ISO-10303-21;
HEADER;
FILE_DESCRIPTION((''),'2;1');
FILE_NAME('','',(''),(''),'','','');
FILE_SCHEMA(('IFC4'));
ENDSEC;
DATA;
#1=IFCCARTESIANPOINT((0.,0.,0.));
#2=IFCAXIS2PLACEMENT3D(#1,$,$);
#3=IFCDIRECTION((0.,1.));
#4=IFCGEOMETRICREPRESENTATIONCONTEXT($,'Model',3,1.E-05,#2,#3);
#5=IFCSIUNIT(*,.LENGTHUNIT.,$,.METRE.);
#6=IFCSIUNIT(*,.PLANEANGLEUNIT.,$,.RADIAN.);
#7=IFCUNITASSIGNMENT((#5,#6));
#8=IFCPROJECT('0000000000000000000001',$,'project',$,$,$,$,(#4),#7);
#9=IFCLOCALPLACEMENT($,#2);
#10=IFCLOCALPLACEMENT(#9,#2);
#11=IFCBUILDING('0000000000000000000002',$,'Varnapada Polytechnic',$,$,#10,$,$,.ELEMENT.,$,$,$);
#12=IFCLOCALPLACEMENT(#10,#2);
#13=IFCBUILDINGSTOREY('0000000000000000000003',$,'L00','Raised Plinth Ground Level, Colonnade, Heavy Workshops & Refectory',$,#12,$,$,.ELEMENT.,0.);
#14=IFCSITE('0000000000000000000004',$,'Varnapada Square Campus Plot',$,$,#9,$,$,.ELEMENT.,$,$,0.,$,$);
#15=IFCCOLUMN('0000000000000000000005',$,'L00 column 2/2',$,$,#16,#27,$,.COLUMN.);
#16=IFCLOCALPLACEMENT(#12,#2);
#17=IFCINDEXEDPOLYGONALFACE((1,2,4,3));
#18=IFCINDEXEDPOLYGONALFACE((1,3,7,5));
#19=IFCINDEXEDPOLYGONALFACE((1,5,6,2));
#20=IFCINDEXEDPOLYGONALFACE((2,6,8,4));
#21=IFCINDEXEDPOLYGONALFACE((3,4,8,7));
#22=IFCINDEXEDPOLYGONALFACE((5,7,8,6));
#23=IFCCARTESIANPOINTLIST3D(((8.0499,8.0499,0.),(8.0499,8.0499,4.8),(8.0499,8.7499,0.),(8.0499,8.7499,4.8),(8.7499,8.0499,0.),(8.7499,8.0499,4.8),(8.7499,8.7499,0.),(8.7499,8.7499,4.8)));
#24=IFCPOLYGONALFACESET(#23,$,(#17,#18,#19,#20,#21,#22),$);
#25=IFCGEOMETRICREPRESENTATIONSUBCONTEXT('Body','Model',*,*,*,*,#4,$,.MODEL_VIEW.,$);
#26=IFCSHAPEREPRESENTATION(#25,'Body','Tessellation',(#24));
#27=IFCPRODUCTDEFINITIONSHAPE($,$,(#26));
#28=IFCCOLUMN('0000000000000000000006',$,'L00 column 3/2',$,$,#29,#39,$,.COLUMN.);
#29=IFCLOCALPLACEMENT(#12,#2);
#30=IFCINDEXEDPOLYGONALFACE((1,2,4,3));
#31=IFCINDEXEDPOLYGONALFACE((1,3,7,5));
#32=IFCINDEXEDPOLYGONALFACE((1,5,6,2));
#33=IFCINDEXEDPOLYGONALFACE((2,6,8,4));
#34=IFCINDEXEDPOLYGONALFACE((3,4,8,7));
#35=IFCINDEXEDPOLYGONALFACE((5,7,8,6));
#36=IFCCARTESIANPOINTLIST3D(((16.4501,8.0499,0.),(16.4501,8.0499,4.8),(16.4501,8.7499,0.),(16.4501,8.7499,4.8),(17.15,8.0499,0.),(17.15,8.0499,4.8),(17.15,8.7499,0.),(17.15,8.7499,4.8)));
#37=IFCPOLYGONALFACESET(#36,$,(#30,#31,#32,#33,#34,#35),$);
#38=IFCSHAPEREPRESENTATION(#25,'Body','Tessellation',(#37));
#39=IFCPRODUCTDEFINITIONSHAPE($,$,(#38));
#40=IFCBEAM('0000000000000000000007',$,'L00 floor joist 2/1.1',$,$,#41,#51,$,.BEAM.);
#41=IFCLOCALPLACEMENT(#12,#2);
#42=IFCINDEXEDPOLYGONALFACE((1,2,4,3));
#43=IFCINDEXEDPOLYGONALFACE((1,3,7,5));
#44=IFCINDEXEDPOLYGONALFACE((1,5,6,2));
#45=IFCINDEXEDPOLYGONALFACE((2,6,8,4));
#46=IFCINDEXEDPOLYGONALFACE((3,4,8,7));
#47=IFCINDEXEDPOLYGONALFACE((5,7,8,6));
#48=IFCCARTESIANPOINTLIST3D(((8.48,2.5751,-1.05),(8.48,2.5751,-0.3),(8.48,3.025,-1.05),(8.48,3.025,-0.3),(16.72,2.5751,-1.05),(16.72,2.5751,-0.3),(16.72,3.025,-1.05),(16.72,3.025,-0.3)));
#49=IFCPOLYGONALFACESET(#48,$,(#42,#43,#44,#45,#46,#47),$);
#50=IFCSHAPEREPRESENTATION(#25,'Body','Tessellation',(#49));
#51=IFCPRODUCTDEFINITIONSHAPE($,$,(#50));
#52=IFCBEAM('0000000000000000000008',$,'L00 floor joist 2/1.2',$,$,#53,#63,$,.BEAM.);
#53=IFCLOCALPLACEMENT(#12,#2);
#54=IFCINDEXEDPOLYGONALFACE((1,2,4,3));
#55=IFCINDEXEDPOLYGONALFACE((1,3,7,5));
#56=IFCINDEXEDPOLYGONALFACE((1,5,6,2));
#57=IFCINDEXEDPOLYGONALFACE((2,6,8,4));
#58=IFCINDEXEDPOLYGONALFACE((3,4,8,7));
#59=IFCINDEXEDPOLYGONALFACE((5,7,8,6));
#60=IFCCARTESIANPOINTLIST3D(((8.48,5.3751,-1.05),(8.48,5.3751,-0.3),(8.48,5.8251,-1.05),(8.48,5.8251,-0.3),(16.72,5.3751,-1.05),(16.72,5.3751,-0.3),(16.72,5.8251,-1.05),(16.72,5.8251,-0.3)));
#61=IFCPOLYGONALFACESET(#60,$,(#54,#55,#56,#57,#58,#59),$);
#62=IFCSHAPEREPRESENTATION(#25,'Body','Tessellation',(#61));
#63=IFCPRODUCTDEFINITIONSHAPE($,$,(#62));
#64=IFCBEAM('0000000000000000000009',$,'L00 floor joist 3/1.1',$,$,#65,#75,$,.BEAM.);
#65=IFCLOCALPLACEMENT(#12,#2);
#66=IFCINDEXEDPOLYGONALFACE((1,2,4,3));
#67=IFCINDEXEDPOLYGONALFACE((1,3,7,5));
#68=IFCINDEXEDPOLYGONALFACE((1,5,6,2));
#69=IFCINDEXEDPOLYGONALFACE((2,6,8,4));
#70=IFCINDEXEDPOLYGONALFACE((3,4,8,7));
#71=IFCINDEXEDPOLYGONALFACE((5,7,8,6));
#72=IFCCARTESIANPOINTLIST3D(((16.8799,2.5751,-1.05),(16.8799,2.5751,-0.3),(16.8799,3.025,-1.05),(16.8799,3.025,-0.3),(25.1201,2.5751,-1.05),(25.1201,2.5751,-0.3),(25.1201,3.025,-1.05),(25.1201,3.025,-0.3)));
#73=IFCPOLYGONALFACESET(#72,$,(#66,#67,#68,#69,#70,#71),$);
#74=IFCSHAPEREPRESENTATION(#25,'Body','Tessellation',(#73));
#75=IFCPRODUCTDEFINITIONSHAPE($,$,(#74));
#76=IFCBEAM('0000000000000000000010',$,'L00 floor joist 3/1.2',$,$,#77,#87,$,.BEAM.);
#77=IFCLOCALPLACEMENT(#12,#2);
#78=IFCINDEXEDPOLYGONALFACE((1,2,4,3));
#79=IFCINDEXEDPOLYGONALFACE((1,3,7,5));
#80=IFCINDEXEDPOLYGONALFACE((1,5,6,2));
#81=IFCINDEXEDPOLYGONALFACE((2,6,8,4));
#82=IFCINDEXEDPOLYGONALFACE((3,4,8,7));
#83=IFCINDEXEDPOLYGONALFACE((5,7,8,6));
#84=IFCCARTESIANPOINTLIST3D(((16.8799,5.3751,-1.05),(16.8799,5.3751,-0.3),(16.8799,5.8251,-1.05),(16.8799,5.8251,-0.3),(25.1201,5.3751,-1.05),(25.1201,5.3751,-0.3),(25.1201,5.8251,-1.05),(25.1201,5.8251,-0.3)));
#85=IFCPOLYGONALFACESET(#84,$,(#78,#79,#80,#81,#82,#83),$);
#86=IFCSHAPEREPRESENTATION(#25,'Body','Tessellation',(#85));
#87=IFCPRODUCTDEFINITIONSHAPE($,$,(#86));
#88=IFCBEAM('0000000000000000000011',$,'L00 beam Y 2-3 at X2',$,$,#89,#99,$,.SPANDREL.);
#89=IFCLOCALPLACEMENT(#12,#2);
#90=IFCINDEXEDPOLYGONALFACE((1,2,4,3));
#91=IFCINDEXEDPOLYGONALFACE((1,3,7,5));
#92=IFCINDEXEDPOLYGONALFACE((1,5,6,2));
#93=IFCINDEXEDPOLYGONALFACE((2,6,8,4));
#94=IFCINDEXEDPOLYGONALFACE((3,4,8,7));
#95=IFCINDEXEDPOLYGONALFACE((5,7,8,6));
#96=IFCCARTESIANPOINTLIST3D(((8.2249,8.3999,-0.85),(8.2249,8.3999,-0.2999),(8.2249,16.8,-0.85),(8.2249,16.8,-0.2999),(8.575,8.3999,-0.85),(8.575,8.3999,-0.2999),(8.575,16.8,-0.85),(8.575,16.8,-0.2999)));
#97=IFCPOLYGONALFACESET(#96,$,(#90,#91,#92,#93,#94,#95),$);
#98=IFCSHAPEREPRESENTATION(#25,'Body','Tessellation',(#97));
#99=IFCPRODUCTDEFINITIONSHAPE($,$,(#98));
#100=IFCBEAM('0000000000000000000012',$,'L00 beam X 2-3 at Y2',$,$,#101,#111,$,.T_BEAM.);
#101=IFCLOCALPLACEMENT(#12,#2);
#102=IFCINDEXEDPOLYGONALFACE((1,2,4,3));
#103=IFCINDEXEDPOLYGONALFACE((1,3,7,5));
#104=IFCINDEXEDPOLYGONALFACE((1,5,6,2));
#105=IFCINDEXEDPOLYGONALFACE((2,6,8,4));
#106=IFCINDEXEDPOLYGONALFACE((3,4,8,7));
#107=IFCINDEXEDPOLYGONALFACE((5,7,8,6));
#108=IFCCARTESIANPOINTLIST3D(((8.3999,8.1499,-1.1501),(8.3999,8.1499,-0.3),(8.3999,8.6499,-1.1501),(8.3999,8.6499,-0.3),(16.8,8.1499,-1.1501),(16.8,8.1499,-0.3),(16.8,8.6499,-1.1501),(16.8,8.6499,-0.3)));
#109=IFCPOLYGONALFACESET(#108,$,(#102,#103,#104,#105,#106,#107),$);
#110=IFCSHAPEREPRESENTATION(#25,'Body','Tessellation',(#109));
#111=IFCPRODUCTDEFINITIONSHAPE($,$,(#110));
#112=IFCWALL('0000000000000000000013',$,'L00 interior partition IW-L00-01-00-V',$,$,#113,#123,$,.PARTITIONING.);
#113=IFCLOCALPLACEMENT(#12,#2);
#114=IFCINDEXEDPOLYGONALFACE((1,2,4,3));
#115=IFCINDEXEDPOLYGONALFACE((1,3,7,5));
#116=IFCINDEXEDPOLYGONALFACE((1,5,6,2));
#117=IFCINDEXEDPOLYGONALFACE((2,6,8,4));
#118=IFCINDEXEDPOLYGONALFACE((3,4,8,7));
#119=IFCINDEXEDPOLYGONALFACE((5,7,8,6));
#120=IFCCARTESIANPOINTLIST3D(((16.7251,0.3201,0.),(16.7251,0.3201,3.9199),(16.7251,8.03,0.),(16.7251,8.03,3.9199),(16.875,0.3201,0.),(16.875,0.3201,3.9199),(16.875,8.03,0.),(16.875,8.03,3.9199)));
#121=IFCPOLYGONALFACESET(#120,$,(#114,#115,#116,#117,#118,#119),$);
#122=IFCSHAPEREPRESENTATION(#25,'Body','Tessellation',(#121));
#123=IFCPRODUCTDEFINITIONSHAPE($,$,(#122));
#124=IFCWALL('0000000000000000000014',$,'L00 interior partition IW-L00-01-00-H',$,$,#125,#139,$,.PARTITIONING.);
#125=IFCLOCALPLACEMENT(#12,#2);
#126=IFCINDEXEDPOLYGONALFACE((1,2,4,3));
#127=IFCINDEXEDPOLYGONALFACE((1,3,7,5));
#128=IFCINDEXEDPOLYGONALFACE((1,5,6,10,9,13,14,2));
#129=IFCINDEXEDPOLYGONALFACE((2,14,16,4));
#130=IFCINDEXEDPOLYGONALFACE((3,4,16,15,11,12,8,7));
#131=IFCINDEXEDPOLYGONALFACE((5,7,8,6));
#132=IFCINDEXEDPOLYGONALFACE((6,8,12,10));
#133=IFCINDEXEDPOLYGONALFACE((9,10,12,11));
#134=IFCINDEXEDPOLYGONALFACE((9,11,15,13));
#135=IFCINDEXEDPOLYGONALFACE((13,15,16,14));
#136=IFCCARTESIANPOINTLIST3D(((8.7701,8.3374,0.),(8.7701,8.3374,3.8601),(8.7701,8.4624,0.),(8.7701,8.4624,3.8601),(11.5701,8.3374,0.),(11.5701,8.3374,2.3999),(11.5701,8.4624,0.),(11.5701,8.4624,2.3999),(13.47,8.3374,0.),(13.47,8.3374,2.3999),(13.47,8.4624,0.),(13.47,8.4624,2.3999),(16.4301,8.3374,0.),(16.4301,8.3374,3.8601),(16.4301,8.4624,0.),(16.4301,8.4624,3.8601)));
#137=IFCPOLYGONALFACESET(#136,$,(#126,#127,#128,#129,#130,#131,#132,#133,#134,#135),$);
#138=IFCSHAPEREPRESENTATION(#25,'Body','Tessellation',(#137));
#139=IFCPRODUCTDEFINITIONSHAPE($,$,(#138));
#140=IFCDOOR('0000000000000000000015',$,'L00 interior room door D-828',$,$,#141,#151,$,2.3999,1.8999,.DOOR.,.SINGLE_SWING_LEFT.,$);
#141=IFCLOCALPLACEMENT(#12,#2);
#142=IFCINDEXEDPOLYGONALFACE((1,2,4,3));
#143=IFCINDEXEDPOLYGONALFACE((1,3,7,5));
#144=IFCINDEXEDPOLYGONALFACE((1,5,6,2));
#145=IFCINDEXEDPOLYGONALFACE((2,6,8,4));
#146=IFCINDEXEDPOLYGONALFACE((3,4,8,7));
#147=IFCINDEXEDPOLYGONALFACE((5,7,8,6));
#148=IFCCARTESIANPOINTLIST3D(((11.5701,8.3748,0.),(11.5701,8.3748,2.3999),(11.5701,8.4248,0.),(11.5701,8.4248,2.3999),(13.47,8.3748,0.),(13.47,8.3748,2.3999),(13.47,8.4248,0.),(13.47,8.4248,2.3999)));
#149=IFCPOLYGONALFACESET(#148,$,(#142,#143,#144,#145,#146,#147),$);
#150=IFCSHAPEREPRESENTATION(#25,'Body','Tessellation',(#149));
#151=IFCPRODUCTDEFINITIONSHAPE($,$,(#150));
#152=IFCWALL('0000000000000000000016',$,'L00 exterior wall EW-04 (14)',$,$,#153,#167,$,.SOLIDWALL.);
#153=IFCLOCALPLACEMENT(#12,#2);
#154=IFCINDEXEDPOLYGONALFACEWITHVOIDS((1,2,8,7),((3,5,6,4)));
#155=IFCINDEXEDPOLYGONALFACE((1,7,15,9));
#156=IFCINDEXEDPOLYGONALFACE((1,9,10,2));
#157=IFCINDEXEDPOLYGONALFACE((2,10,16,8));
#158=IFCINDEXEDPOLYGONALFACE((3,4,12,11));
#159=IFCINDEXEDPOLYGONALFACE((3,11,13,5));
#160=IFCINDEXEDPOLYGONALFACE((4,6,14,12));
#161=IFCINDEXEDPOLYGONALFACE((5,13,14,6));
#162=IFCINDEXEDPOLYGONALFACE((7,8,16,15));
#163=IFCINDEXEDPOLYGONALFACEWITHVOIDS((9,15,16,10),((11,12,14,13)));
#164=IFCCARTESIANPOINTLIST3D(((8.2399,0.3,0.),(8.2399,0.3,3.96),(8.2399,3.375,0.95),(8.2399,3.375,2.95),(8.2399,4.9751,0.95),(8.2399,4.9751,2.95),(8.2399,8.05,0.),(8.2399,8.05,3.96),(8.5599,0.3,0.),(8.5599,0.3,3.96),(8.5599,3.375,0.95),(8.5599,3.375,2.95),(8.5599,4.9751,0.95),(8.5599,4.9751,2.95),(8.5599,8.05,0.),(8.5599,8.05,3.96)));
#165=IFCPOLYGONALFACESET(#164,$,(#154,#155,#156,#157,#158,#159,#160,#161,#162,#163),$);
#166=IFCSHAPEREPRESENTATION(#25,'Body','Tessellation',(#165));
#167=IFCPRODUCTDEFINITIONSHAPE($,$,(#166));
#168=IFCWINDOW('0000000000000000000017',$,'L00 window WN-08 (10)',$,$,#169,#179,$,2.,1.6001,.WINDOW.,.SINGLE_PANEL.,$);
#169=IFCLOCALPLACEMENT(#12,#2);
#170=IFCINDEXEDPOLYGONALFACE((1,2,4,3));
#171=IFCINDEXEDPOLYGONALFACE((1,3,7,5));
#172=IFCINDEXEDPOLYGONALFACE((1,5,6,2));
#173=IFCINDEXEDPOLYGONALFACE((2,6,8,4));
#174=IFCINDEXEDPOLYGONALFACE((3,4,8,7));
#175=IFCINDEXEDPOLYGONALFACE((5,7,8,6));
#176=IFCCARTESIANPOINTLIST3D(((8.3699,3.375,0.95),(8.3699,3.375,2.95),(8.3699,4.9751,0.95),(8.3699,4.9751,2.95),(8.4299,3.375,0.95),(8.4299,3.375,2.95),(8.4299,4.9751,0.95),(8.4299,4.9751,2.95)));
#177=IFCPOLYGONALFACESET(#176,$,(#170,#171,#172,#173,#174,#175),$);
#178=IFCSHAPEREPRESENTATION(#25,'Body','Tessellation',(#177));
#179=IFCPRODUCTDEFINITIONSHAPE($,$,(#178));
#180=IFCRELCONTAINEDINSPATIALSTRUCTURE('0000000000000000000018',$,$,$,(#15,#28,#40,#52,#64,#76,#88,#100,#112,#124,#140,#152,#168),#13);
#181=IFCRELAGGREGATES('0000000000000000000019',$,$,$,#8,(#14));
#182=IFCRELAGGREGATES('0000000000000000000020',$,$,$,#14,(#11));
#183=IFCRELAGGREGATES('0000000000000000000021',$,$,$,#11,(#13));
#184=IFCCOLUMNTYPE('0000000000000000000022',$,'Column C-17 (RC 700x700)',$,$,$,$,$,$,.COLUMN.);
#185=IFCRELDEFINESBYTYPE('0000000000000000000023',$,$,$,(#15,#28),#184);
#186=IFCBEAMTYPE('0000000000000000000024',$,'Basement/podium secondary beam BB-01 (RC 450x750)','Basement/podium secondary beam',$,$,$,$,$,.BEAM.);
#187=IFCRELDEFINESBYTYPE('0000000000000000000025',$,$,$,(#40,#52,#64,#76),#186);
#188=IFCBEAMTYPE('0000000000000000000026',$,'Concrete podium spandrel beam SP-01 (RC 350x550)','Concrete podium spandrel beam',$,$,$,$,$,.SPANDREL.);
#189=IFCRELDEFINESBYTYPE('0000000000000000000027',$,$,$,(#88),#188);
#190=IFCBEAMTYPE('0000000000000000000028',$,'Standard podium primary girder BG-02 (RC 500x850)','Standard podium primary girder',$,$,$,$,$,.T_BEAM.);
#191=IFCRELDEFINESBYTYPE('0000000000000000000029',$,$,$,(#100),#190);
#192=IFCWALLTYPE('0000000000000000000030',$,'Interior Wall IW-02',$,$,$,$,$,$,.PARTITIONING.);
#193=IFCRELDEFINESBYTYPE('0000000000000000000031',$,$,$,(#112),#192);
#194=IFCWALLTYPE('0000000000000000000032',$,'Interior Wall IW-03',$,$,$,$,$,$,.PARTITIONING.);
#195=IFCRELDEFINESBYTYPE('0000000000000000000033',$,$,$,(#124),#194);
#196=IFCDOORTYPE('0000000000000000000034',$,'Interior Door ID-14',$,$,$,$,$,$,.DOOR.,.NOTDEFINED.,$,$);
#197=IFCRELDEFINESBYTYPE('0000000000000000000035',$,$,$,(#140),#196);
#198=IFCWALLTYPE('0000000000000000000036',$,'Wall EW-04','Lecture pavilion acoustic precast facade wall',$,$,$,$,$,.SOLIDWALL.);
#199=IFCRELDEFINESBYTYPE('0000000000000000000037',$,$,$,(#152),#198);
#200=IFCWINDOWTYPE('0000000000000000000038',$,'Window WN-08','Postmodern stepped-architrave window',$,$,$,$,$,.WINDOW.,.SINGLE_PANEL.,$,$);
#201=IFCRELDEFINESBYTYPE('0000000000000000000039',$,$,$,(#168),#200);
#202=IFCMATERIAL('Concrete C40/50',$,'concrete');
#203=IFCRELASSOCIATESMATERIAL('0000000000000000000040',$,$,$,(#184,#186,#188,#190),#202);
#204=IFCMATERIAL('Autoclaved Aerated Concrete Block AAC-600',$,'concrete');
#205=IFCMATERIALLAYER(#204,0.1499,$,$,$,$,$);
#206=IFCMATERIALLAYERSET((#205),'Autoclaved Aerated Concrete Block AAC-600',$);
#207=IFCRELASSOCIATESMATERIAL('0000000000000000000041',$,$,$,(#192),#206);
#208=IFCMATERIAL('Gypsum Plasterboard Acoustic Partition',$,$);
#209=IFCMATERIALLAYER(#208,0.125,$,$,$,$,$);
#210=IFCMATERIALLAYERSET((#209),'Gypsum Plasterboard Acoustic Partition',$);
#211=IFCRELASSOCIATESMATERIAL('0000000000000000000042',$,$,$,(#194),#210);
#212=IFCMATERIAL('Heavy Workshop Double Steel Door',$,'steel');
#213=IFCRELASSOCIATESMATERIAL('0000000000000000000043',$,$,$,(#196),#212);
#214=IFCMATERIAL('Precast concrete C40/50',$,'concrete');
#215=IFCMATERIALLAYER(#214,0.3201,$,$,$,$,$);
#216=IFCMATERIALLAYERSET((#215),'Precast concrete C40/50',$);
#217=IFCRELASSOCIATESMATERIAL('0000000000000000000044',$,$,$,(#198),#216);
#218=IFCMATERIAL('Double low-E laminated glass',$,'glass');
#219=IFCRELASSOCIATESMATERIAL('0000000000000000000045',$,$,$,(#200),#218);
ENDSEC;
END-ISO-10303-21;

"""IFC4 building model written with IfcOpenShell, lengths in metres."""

from ifc_helpers import new_model, si_unit, direction, frame, frame_2d, origin, origin_2d, place, context, subcontext, project, spatial, rectangle, extrude, material, layer, layer_set, material_profile, profile_set, type_object, element, fill, save


model = new_model("IFC4")

# Units and contexts
model_context = context("Model", 3, precision=1e-05, world=origin(), true_north=direction((0.0, 1.0)))
body_context = subcontext(model_context, "Body", "Model", "MODEL_VIEW")
ifc_project = project(units=[si_unit("LENGTHUNIT", "METRE"), si_unit("PLANEANGLEUNIT", "RADIAN")], contexts=[model_context])

# Site, building, storey
site_placement = place(None, origin())
site = spatial("IfcSite", under=ifc_project, at=site_placement, Name="Varnapada Square Campus Plot", CompositionType="ELEMENT", RefElevation=0.0)
building_placement = place(site_placement, origin())
building = spatial("IfcBuilding", under=site, at=building_placement, Name="Varnapada Polytechnic", CompositionType="ELEMENT")
storey_placement = place(building_placement, origin())
storey = spatial("IfcBuildingStorey", under=building, at=storey_placement, Name="L00", Description="Raised Plinth Ground Level, Colonnade, Heavy Workshops & Refectory", CompositionType="ELEMENT", Elevation=0.0)

# Columns
ifc_material_1 = material(Name="Concrete C40/50", Category="concrete")
ifc_material_profile_1 = material_profile(ifc_material_1, rectangle(XDim=0.7, YDim=0.7, at=origin_2d()), Name="RC 700x700")
ifc_profile_set_1 = profile_set([ifc_material_profile_1], Name="Concrete C40/50")
column_type = type_object("IfcColumnType", Name="Column C-17 (RC 700x700)", PredefinedType="COLUMN", material=ifc_profile_set_1)
for number, where, z_axis, x_axis, name in (
    (1, (8.3999, 8.3999, 0.0), (0.0, 0.0, 1.0), (1.0, 0.0, 0.0), "L00 column 2/2"),
    (2, (16.8, 8.3999, 0.0), (0.0, 0.0, 1.0), (1.0, 0.0, 0.0), "L00 column 3/2"),
):
    element("IfcColumn", number, at=place(storey_placement, frame(where, z_axis=z_axis, x_axis=x_axis)), inside=storey, type_object=column_type, Name=name, PredefinedType="COLUMN", context=body_context, shape_type="SweptSolid", body=[
        extrude(rectangle(XDim=0.7, YDim=0.7, at=origin_2d()), origin(), (0.0, 0.0, 1.0), 4.8),
    ])

# Beams
ifc_material_profile_2 = material_profile(ifc_material_1, rectangle(XDim=0.45, YDim=0.75, at=origin_2d()), Name="RC 450x750")
ifc_profile_set_2 = profile_set([ifc_material_profile_2], Name="Concrete C40/50")
beam_type_1 = type_object("IfcBeamType", Name="Basement/podium secondary beam BB-01 (RC 450x750)", Description="Basement/podium secondary beam", PredefinedType="BEAM", material=ifc_profile_set_2)
for number, where, z_axis, x_axis, name in (
    (3, (8.48, 2.8, -0.675), (1.0, 0.0, 0.0), (0.0, 1.0, 0.0), "L00 floor joist 2/1.1"),
    (4, (8.48, 5.6001, -0.675), (1.0, 0.0, 0.0), (0.0, 1.0, 0.0), "L00 floor joist 2/1.2"),
):
    element("IfcBeam", number, at=place(storey_placement, frame(where, z_axis=z_axis, x_axis=x_axis)), inside=storey, type_object=beam_type_1, Name=name, PredefinedType="BEAM", context=body_context, shape_type="SweptSolid", body=[
        extrude(rectangle(XDim=0.45, YDim=0.75, at=origin_2d()), origin(), (0.0, 0.0, 1.0), 8.24),
    ])
for number, where, z_axis, x_axis, name in (
    (5, (16.8799, 2.8, -0.675), (1.0, 0.0, 0.0), (0.0, 1.0, 0.0), "L00 floor joist 3/1.1"),
    (6, (16.8799, 5.6001, -0.675), (1.0, 0.0, 0.0), (0.0, 1.0, 0.0), "L00 floor joist 3/1.2"),
):
    element("IfcBeam", number, at=place(storey_placement, frame(where, z_axis=z_axis, x_axis=x_axis)), inside=storey, type_object=beam_type_1, Name=name, PredefinedType="BEAM", context=body_context, shape_type="SweptSolid", body=[
        extrude(rectangle(XDim=0.45, YDim=0.75, at=origin_2d()), origin(), (0.0, 0.0, 1.0), 8.2402),
    ])
ifc_material_profile_3 = material_profile(ifc_material_1, rectangle(XDim=0.3501, YDim=0.55, at=origin_2d()), Name="RC 350x550")
ifc_profile_set_3 = profile_set([ifc_material_profile_3], Name="Concrete C40/50")
beam_type_2 = type_object("IfcBeamType", Name="Concrete podium spandrel beam SP-01 (RC 350x550)", Description="Concrete podium spandrel beam", PredefinedType="SPANDREL", material=ifc_profile_set_3)
beam_1_placement = place(storey_placement, frame((8.3999, 8.3999, -0.575), z_axis=(0.0, 1.0, 0.0), x_axis=(-1.0, 0.0, 0.0)))
element("IfcBeam", 7, at=beam_1_placement, inside=storey, type_object=beam_type_2, Name="L00 beam Y 2-3 at X2", PredefinedType="SPANDREL", context=body_context, shape_type="SweptSolid", body=[
    extrude(rectangle(XDim=0.3501, YDim=0.55, at=origin_2d()), origin(), (0.0, 0.0, 1.0), 8.4001),
])
ifc_material_profile_4 = material_profile(ifc_material_1, rectangle(XDim=0.5, YDim=0.8501, at=origin_2d()), Name="RC 500x850")
ifc_profile_set_4 = profile_set([ifc_material_profile_4], Name="Concrete C40/50")
beam_type_3 = type_object("IfcBeamType", Name="Standard podium primary girder BG-02 (RC 500x850)", Description="Standard podium primary girder", PredefinedType="T_BEAM", material=ifc_profile_set_4)
beam_2_placement = place(storey_placement, frame((8.3999, 8.3999, -0.7251), z_axis=(1.0, 0.0, 0.0), x_axis=(0.0, 1.0, 0.0)))
element("IfcBeam", 8, at=beam_2_placement, inside=storey, type_object=beam_type_3, Name="L00 beam X 2-3 at Y2", PredefinedType="T_BEAM", context=body_context, shape_type="SweptSolid", body=[
    extrude(rectangle(XDim=0.5, YDim=0.8501, at=origin_2d()), origin(), (0.0, 0.0, 1.0), 8.4001),
])

# Wall
ifc_material_2 = material(Name="Autoclaved Aerated Concrete Block AAC-600", Category="concrete")
ifc_layer_1 = layer(ifc_material_2, 0.1499)
ifc_layer_set_1 = layer_set([ifc_layer_1], Name="Autoclaved Aerated Concrete Block AAC-600")
wall_type_1 = type_object("IfcWallType", Name="Interior Wall IW-02", PredefinedType="PARTITIONING", material=ifc_layer_set_1)
wall_1_placement = place(storey_placement, frame((16.8, 0.3201, 0.0), z_axis=(0.0, 0.0, 1.0), x_axis=(0.0, 1.0, 0.0)))
element("IfcWall", 9, at=wall_1_placement, inside=storey, type_object=wall_type_1, Name="L00 interior partition IW-L00-01-00-V", PredefinedType="PARTITIONING", context=body_context, shape_type="SweptSolid", body=[
    extrude(rectangle(XDim=7.71, YDim=0.1499, at=frame_2d((3.855, 0.0))), origin(), (0.0, 0.0, 1.0), 3.9199),
])

# Wall, opening, door
ifc_material_3 = material(Name="Gypsum Plasterboard Acoustic Partition")
ifc_layer_2 = layer(ifc_material_3, 0.125)
ifc_layer_set_2 = layer_set([ifc_layer_2], Name="Gypsum Plasterboard Acoustic Partition")
wall_type_2 = type_object("IfcWallType", Name="Interior Wall IW-03", PredefinedType="PARTITIONING", material=ifc_layer_set_2)
wall_2_placement = place(storey_placement, frame((8.77, 8.3999, 0.0), z_axis=(0.0, 0.0, 1.0), x_axis=(1.0, 0.0, 0.0)))
wall_2 = element("IfcWall", 10, at=wall_2_placement, inside=storey, type_object=wall_type_2, Name="L00 interior partition IW-L00-01-00-H", PredefinedType="PARTITIONING", context=body_context, shape_type="SweptSolid", body=[
    extrude(rectangle(XDim=7.6599, YDim=0.125, at=frame_2d((3.8301, 0.0))), origin(), (0.0, 0.0, 1.0), 3.8601),
])
opening_1_placement = place(wall_2_placement, frame((2.8, 0.0, 0.0)))
opening_1 = element("IfcOpeningElement", 11, at=opening_1_placement, cuts=wall_2, PredefinedType="OPENING", context=body_context, shape_type="SweptSolid", body=[
    extrude(rectangle(XDim=1.8999, YDim=2.3999, at=frame_2d((0.95, 1.2))), frame((0.0, 0.0725, 0.0), z_axis=(0.0, -1.0, 0.0), x_axis=(1.0, 0.0, 0.0)), (0.0, 0.0, 1.0), 0.145),
])
ifc_material_4 = material(Name="Heavy Workshop Double Steel Door", Category="steel")
door_type = type_object("IfcDoorType", Name="Interior Door ID-14", OperationType="NOTDEFINED", PredefinedType="DOOR", material=ifc_material_4)
door_placement = place(opening_1_placement, origin())
door = element("IfcDoor", 12, at=door_placement, inside=storey, type_object=door_type, Name="L00 interior room door D-828", OperationType="SINGLE_SWING_LEFT", OverallHeight=2.3999, OverallWidth=1.8999, PredefinedType="DOOR", context=body_context, shape_type="SweptSolid", body=[
    extrude(rectangle(XDim=1.8999, YDim=2.3999, at=frame_2d((0.95, 1.2))), frame((0.0, 0.0249, 0.0), z_axis=(0.0, -1.0, 0.0), x_axis=(1.0, 0.0, 0.0)), (0.0, 0.0, 1.0), 0.05),
])
fill(opening_1, door)

# Wall, opening, window
ifc_material_5 = material(Name="Precast concrete C40/50", Category="concrete")
ifc_layer_3 = layer(ifc_material_5, 0.3201)
ifc_layer_set_3 = layer_set([ifc_layer_3], Name="Precast concrete C40/50")
wall_type_3 = type_object("IfcWallType", Name="Wall EW-04", Description="Lecture pavilion acoustic precast facade wall", PredefinedType="SOLIDWALL", material=ifc_layer_set_3)
wall_3_placement = place(storey_placement, frame((8.3999, 0.3, 0.0), z_axis=(0.0, 0.0, 1.0), x_axis=(0.0, 1.0, 0.0)))
wall_3 = element("IfcWall", 13, at=wall_3_placement, inside=storey, type_object=wall_type_3, Name="L00 exterior wall EW-04 (14)", PredefinedType="SOLIDWALL", context=body_context, shape_type="SweptSolid", body=[
    extrude(rectangle(XDim=7.75, YDim=0.3201, at=frame_2d((3.875, 0.0))), origin(), (0.0, 0.0, 1.0), 3.96),
])
opening_2_placement = place(wall_3_placement, frame((3.075, 0.0, 0.95)))
opening_2 = element("IfcOpeningElement", 14, at=opening_2_placement, cuts=wall_3, PredefinedType="OPENING", context=body_context, shape_type="SweptSolid", body=[
    extrude(rectangle(XDim=1.6001, YDim=2.0, at=frame_2d((0.8, 1.0))), frame((0.0, 0.1699, 0.0), z_axis=(0.0, -1.0, 0.0), x_axis=(1.0, 0.0, 0.0)), (0.0, 0.0, 1.0), 0.3401),
])
ifc_material_6 = material(Name="Double low-E laminated glass", Category="glass")
window_type = type_object("IfcWindowType", Name="Window WN-08", Description="Postmodern stepped-architrave window", PartitioningType="SINGLE_PANEL", PredefinedType="WINDOW", material=ifc_material_6)
window_placement = place(opening_2_placement, origin())
window = element("IfcWindow", 15, at=window_placement, inside=storey, type_object=window_type, Name="L00 window WN-08 (10)", OverallHeight=2.0, OverallWidth=1.6001, PartitioningType="SINGLE_PANEL", PredefinedType="WINDOW", context=body_context, shape_type="SweptSolid", body=[
    extrude(rectangle(XDim=1.6001, YDim=2.0, at=frame_2d((0.8, 1.0))), frame((0.0, 0.03, 0.0), z_axis=(0.0, -1.0, 0.0), x_axis=(1.0, 0.0, 0.0)), (0.0, 0.0, 1.0), 0.0601),
])
fill(opening_2, window)

save(model, "model.ifc")
